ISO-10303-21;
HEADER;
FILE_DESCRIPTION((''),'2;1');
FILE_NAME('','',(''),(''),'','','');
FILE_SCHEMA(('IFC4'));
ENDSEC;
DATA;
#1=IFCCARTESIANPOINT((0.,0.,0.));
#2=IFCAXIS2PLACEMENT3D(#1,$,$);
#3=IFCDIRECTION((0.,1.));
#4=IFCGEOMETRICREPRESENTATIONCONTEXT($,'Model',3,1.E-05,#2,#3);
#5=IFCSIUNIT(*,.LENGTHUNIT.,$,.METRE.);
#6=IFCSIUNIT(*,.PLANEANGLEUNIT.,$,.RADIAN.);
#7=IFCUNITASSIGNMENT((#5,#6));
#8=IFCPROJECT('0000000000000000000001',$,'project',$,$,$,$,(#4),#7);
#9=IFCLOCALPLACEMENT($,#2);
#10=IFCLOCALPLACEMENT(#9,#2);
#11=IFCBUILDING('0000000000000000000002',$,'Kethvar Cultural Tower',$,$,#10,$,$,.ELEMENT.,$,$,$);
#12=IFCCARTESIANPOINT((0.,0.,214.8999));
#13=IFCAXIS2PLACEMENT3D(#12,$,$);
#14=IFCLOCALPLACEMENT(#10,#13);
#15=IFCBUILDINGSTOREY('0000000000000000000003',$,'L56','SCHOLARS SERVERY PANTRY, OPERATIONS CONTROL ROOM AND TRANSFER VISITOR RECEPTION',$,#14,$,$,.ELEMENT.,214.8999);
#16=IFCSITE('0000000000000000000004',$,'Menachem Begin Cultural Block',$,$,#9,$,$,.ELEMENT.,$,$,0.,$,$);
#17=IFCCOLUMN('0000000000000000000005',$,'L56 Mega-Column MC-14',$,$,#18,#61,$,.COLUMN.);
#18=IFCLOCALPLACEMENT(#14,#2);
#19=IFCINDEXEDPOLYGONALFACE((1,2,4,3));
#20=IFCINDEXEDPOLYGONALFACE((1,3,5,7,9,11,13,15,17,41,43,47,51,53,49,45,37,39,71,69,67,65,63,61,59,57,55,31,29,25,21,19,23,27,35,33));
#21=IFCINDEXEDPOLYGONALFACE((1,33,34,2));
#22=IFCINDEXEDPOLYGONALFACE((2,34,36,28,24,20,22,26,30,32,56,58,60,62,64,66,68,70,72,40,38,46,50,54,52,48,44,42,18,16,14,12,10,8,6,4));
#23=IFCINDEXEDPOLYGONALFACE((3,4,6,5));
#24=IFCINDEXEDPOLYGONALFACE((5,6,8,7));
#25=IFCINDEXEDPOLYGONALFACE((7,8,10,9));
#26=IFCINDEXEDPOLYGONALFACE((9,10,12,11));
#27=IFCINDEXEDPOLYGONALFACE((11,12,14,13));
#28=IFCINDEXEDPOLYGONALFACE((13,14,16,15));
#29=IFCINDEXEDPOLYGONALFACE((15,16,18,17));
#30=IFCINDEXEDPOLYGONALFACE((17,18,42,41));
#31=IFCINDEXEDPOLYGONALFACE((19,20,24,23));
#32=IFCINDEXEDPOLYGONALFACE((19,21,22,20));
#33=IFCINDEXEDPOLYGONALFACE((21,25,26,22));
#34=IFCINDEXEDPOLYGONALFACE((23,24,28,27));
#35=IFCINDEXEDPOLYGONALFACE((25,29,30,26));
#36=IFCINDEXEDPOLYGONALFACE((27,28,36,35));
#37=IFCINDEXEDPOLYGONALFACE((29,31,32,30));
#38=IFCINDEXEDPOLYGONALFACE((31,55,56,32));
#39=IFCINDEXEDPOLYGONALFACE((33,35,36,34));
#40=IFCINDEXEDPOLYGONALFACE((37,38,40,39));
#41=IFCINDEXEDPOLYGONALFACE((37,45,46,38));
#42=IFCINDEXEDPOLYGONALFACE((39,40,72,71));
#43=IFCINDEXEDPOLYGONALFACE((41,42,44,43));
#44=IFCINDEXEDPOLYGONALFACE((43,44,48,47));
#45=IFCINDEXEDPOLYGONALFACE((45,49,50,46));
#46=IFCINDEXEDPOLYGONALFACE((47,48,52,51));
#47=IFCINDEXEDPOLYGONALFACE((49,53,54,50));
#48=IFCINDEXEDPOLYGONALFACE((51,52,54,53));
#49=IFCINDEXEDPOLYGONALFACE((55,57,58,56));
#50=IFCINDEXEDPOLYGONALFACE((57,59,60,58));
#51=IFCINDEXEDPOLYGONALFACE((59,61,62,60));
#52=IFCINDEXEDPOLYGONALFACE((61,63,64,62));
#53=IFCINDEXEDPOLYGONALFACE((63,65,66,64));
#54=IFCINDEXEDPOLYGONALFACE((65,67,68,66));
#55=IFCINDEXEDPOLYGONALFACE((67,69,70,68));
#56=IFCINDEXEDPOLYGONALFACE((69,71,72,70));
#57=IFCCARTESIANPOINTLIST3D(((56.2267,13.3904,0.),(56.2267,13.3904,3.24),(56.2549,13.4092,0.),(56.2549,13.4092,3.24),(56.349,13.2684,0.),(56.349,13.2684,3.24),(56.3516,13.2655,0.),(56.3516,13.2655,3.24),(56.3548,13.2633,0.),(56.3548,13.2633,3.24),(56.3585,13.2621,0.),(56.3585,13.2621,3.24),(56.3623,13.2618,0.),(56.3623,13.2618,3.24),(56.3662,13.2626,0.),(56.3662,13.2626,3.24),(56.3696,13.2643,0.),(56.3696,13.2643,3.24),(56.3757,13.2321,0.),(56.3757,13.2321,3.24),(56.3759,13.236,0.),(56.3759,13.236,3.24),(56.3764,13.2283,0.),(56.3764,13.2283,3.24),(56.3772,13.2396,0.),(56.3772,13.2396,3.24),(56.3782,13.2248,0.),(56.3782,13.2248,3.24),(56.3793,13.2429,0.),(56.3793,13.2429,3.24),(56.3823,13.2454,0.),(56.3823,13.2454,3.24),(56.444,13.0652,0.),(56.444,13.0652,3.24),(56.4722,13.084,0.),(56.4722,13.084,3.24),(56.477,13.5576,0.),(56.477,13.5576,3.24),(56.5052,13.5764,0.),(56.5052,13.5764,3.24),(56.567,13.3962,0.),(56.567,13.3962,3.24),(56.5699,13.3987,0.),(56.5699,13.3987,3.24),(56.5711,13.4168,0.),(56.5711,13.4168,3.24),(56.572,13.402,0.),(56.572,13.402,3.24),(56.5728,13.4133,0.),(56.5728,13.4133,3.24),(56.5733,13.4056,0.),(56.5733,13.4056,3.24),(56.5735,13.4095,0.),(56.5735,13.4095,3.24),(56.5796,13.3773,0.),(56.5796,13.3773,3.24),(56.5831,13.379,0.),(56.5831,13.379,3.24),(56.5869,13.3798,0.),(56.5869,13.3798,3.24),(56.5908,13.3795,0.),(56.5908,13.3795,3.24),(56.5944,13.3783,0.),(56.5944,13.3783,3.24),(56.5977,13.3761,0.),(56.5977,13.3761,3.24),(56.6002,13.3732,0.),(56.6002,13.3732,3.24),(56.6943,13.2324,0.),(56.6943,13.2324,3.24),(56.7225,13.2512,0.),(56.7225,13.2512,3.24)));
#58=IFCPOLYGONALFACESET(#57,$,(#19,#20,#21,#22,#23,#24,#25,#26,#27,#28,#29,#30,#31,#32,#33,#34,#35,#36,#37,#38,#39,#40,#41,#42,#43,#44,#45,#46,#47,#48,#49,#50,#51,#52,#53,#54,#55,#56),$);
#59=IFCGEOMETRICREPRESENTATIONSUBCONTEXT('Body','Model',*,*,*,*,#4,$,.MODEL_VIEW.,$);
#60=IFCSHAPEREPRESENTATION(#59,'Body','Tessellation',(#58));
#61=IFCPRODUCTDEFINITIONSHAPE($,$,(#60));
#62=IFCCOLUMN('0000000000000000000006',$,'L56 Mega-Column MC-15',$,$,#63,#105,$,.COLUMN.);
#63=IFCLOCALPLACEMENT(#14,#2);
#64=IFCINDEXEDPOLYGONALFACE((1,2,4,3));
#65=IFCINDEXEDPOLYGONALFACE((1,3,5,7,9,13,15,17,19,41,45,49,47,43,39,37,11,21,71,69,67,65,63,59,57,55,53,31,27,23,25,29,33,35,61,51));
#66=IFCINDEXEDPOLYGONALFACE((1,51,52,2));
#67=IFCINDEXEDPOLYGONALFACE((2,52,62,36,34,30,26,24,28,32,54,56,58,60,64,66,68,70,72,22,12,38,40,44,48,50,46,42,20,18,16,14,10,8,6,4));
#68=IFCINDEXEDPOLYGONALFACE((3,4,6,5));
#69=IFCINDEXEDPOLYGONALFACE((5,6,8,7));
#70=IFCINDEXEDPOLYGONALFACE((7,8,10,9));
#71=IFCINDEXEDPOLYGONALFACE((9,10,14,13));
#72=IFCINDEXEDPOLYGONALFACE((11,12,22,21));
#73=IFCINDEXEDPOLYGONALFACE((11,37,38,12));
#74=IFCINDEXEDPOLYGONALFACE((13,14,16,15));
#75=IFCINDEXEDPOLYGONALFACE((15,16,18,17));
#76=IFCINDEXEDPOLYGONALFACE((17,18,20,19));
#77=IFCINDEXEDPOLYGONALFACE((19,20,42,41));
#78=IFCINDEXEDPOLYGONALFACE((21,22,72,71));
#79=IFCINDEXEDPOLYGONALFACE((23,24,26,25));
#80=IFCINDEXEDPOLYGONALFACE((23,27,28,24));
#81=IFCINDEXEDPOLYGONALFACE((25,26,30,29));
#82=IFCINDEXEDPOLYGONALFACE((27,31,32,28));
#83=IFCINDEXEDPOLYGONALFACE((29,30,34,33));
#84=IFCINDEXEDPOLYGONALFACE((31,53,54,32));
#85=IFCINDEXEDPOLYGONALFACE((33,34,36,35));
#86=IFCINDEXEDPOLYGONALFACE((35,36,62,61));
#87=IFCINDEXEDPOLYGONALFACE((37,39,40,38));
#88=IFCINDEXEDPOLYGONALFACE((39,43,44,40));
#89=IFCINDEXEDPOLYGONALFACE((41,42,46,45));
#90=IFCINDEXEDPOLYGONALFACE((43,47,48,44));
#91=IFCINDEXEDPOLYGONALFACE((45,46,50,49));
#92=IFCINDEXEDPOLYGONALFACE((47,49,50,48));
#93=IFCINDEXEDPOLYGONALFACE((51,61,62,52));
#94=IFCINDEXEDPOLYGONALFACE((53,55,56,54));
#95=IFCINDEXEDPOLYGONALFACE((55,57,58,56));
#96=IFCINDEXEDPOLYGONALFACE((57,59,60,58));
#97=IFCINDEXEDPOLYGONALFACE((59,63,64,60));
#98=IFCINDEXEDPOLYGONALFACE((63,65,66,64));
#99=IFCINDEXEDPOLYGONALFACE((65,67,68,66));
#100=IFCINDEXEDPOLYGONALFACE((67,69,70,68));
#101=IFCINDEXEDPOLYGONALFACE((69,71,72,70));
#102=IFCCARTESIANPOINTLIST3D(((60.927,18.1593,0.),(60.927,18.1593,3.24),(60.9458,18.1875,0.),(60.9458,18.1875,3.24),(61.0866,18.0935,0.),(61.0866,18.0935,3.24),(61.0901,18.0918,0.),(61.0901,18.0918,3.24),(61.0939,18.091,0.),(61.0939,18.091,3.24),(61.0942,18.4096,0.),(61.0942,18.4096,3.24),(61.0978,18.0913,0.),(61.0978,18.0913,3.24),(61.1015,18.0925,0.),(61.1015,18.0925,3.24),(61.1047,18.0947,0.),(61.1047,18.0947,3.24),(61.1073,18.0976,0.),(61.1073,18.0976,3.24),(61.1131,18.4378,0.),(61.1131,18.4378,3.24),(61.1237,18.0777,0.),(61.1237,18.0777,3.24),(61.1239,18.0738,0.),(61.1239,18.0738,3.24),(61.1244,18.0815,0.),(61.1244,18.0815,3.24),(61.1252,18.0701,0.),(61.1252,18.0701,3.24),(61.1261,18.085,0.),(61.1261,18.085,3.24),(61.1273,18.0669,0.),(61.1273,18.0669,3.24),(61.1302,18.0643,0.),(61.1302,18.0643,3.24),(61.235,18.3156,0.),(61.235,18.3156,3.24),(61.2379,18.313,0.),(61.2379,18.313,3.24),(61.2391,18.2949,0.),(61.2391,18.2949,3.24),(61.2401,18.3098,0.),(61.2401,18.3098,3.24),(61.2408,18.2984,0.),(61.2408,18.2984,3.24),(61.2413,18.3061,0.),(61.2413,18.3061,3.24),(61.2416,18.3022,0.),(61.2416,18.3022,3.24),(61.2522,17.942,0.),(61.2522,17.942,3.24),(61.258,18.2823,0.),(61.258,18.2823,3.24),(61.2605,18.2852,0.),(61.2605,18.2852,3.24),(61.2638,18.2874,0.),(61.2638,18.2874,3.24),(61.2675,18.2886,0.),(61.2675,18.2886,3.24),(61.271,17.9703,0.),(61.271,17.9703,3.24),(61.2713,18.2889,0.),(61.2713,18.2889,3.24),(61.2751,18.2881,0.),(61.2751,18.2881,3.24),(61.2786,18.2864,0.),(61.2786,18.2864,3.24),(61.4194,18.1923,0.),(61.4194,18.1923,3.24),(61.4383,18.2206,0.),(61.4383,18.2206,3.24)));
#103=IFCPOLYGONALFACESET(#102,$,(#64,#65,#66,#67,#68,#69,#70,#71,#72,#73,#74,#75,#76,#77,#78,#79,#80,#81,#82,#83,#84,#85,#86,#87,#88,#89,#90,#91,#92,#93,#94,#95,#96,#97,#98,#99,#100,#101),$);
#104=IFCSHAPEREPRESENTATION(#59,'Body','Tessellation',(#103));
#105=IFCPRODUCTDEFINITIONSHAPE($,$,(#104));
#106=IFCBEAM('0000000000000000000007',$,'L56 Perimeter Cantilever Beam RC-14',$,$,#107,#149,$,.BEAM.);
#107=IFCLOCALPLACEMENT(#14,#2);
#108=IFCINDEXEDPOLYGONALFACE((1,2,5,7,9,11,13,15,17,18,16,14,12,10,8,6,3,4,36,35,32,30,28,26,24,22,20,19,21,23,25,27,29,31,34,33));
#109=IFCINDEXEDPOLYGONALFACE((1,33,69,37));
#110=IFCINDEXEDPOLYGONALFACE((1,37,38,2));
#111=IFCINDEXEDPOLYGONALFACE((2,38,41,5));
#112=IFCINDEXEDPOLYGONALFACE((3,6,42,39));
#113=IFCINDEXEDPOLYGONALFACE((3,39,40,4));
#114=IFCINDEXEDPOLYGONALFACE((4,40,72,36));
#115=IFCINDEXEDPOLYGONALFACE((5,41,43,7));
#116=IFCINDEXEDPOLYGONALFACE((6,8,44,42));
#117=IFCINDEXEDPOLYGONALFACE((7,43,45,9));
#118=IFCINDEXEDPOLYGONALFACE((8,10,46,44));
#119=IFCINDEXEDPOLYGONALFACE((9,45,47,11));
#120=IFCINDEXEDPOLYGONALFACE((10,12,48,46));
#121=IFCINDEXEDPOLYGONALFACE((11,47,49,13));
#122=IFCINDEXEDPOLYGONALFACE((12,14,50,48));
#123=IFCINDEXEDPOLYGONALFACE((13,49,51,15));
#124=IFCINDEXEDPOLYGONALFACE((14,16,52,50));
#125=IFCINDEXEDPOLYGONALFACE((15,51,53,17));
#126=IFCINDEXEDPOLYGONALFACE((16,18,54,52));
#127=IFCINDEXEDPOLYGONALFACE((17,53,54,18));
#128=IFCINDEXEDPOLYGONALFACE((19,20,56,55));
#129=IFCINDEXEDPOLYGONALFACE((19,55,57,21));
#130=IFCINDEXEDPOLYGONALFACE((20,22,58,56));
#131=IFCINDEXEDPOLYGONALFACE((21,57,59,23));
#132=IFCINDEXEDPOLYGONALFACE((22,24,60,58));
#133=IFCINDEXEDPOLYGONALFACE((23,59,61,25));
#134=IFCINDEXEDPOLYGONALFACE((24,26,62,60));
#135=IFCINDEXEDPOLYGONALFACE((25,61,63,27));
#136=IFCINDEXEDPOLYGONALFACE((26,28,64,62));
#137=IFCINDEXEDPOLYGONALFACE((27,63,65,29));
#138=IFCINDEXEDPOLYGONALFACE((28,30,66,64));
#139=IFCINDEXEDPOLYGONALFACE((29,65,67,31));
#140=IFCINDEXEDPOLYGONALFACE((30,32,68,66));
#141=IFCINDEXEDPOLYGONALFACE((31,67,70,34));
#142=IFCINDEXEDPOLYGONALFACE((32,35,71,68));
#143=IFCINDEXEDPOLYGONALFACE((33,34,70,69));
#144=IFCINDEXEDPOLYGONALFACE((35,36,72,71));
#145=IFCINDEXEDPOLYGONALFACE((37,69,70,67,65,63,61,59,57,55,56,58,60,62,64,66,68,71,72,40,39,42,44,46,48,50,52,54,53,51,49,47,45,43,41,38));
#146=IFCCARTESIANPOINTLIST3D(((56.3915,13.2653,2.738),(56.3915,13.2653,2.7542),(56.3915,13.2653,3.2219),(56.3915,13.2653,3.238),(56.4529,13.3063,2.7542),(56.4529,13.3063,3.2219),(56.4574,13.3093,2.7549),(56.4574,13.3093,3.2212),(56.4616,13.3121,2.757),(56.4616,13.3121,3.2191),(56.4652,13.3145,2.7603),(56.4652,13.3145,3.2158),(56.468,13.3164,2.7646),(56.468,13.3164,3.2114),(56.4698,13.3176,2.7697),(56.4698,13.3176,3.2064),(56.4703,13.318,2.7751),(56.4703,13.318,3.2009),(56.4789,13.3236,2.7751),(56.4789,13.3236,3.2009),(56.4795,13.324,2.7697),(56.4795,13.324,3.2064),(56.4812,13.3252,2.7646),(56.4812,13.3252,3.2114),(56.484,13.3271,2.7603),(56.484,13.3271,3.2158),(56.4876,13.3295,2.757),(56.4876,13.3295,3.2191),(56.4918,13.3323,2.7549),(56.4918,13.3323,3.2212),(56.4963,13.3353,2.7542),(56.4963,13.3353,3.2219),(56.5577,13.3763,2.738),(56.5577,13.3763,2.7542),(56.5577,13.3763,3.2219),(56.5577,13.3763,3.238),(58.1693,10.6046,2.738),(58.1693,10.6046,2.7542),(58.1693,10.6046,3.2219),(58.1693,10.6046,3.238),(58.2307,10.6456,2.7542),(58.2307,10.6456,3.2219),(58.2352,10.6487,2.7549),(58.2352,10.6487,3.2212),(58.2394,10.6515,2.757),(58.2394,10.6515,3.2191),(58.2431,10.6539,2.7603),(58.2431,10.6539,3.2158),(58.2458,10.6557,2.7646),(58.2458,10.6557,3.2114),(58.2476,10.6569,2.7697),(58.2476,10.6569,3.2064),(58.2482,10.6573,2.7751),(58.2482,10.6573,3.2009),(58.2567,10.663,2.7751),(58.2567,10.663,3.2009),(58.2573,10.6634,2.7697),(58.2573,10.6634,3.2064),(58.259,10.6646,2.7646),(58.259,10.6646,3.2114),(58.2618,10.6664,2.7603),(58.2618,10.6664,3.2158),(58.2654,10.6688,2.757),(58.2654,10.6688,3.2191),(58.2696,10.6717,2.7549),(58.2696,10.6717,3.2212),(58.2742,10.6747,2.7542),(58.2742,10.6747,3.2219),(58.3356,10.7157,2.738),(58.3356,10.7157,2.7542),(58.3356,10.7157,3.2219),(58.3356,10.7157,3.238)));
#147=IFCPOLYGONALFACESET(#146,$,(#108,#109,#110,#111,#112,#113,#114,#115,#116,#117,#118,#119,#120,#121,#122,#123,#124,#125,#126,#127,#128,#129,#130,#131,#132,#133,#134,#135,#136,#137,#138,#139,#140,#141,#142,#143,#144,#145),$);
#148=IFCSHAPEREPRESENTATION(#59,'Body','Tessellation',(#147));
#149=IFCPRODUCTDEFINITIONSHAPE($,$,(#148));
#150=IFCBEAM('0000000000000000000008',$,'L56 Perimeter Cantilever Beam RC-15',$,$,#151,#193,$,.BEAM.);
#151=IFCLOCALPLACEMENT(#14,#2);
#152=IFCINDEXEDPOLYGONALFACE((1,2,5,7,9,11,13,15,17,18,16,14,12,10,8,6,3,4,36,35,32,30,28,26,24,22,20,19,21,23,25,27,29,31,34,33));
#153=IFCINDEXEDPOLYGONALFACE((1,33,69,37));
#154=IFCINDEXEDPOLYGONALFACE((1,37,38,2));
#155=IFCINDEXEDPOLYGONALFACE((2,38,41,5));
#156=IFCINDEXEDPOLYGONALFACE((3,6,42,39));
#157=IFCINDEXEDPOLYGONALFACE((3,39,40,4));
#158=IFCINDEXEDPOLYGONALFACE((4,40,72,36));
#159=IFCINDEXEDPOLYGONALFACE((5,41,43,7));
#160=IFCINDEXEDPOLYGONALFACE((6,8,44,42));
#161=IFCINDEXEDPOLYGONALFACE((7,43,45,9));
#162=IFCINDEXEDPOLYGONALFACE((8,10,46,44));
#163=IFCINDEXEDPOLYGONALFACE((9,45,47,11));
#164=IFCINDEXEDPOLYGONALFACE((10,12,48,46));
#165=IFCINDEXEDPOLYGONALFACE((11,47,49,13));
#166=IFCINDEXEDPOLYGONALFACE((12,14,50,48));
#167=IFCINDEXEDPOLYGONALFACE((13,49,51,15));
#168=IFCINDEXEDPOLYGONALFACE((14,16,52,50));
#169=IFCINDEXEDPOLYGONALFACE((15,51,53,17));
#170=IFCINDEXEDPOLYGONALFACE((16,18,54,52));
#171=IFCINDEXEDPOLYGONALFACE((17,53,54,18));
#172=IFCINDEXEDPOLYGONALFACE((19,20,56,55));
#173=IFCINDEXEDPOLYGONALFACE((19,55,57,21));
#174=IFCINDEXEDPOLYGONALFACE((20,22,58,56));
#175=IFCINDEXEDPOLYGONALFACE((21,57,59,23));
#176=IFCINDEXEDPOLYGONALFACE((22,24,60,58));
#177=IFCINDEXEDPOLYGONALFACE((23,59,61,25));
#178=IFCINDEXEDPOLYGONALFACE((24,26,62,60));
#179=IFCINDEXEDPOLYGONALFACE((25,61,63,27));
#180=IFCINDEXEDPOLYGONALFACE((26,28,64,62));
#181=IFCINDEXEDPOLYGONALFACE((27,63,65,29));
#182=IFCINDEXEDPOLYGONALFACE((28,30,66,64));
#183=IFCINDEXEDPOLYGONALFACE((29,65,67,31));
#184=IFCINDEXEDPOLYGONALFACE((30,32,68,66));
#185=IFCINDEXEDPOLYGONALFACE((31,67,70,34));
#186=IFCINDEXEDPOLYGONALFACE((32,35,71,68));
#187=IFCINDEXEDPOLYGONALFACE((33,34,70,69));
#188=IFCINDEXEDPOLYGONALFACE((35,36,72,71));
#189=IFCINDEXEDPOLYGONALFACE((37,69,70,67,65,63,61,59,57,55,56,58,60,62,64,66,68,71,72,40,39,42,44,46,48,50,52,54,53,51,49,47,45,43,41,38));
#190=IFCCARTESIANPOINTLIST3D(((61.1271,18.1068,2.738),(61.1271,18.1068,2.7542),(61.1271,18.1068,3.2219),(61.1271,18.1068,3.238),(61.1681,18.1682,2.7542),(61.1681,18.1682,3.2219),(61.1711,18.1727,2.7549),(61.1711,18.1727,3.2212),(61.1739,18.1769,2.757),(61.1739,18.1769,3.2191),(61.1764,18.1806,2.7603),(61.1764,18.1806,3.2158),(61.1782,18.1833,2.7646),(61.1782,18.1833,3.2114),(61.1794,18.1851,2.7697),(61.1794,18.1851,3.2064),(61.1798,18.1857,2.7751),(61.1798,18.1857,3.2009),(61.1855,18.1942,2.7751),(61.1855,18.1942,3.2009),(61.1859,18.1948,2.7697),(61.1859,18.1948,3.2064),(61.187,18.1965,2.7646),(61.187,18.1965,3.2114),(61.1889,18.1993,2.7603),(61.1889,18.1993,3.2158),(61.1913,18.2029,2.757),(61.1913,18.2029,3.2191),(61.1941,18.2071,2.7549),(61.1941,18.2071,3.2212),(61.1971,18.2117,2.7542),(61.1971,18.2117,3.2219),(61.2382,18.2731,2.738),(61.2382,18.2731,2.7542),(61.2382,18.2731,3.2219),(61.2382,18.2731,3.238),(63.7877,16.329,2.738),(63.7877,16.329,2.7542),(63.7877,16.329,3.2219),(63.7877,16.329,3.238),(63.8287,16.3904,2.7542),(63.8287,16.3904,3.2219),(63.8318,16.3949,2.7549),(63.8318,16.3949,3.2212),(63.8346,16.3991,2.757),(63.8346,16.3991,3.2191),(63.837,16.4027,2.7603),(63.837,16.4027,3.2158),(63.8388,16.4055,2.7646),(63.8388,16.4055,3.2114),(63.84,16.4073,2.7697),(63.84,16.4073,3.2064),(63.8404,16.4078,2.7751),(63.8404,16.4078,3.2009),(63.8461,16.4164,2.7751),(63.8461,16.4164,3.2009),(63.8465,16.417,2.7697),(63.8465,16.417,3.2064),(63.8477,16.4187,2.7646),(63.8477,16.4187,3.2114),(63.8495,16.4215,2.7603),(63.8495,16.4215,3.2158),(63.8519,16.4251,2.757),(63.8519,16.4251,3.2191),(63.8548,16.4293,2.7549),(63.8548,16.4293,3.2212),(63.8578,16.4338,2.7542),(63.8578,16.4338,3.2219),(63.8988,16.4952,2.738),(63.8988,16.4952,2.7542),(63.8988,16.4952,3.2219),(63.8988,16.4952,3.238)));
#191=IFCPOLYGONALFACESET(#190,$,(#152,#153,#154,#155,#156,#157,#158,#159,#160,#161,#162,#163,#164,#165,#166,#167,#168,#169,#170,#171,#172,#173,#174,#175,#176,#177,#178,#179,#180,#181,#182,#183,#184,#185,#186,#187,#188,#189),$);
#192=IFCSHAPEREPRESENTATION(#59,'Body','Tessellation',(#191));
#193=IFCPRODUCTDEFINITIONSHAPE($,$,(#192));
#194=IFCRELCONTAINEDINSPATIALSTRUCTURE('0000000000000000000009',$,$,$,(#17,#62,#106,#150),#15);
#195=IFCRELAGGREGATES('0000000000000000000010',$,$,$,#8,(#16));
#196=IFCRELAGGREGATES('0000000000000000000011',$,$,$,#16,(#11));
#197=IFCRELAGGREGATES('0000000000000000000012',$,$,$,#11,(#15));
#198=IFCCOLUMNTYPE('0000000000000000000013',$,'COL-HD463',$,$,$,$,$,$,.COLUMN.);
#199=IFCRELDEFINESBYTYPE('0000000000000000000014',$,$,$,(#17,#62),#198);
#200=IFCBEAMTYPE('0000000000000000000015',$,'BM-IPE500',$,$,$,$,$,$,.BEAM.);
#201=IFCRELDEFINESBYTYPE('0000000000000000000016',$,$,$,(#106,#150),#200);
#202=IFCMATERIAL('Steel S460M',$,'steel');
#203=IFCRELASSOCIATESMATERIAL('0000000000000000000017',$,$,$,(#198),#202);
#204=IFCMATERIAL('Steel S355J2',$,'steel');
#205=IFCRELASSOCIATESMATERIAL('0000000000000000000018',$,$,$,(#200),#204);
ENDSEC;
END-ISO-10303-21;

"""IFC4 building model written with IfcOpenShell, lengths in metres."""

from ifc_helpers import new_model, si_unit, direction, frame, origin, origin_2d, place, context, subcontext, project, spatial, i_section, extrude, source, transform, mapped, material, material_profile, profile_set, type_object, element, save


model = new_model("IFC4")

# Units and contexts
model_context = context("Model", 3, precision=1e-05, world=origin(), true_north=direction((0.0, 1.0)))
body_context = subcontext(model_context, "Body", "Model", "MODEL_VIEW")
ifc_project = project(units=[si_unit("LENGTHUNIT", "METRE"), si_unit("PLANEANGLEUNIT", "RADIAN")], contexts=[model_context])

# Site, building, storey
site_placement = place(None, origin())
site = spatial("IfcSite", under=ifc_project, at=site_placement, Name="Menachem Begin Cultural Block", CompositionType="ELEMENT", RefElevation=0.0)
building_placement = place(site_placement, origin())
building = spatial("IfcBuilding", under=site, at=building_placement, Name="Kethvar Cultural Tower", CompositionType="ELEMENT")
storey_placement = place(building_placement, frame((0.0, 0.0, 214.8999)))
storey = spatial("IfcBuildingStorey", under=building, at=storey_placement, Name="L56", Description="SCHOLARS SERVERY PANTRY, OPERATIONS CONTROL ROOM AND TRANSFER VISITOR RECEPTION", CompositionType="ELEMENT", Elevation=214.8999)

# Columns
ifc_material_1 = material(Name="Steel S460M", Category="steel")
ifc_material_profile_1 = material_profile(ifc_material_1, i_section(OverallWidth=0.3911, OverallDepth=0.335, WebThickness=0.0227, FlangeThickness=0.0339, FilletRadius=0.0149, at=origin_2d()), Name="Steel S460M — HD400x463")
ifc_profile_set_1 = profile_set([ifc_material_profile_1], Name="Steel S460M — HD400x463")
column_type = type_object("IfcColumnType", Name="COL-HD463", PredefinedType="COLUMN", material=ifc_profile_set_1)
shared_shape_1 = source(origin(), body_context, "Body", "SweptSolid", [
    extrude(i_section(OverallWidth=0.3911, OverallDepth=0.335, WebThickness=0.0227, FlangeThickness=0.0339, FilletRadius=0.0149, at=origin_2d()), origin(), (0.0, 0.0, 1.0), 3.24),
])
for number, where, z_axis, x_axis, name in (
    (1, (56.4746, 13.3208, 0.0), (0.0, 0.0, 1.0), (0.55557, -0.83147, 0.0), "L56 Mega-Column MC-14"),
    (2, (61.1826, 18.1899, 0.0), (0.0, 0.0, 1.0), (0.83147, -0.55557, 0.0), "L56 Mega-Column MC-15"),
):
    element("IfcColumn", number, at=place(storey_placement, frame(where, z_axis=z_axis, x_axis=x_axis)), inside=storey, type_object=column_type, Name=name, PredefinedType="COLUMN", context=body_context, shape_type="MappedRepresentation", body=[
        mapped(shared_shape_1, transform((0.0, 0.0, 0.0), scale=1.0)),
    ])

# Beams
ifc_material_2 = material(Name="Steel S355J2", Category="steel")
ifc_material_profile_2 = material_profile(ifc_material_2, i_section(OverallWidth=0.2, OverallDepth=0.5, WebThickness=0.0103, FlangeThickness=0.0161, FilletRadius=0.021, at=origin_2d()), Name="Steel S355J2 — IPE500")
ifc_profile_set_2 = profile_set([ifc_material_profile_2], Name="Steel S355J2 — IPE500")
beam_type_1 = type_object("IfcBeamType", Name="BM-IPE500", PredefinedType="BEAM", material=ifc_profile_set_2)
shared_shape_2 = source(origin(), body_context, "Body", "SweptSolid", [
    extrude(i_section(OverallWidth=0.2, OverallDepth=0.5, WebThickness=0.0103, FlangeThickness=0.0161, FilletRadius=0.021, at=origin_2d()), origin(), (0.0, 0.0, 1.0), 3.2),
])
for number, where, z_axis, x_axis, name in (
    (3, (56.4746, 13.3208, 2.988), (0.55558, -0.831463, 0.0), (0.831463, 0.55558, 0.0), "L56 Perimeter Cantilever Beam RC-14"),
    (4, (61.1826, 18.1899, 2.988), (0.831463, -0.55558, 0.0), (0.55558, 0.831463, 0.0), "L56 Perimeter Cantilever Beam RC-15"),
):
    element("IfcBeam", number, at=place(storey_placement, frame(where, z_axis=z_axis, x_axis=x_axis)), inside=storey, type_object=beam_type_1, Name=name, PredefinedType="BEAM", context=body_context, shape_type="MappedRepresentation", body=[
        mapped(shared_shape_2, transform((0.0, 0.0, 0.0), scale=1.0)),
    ])

save(model, "model.ifc")
